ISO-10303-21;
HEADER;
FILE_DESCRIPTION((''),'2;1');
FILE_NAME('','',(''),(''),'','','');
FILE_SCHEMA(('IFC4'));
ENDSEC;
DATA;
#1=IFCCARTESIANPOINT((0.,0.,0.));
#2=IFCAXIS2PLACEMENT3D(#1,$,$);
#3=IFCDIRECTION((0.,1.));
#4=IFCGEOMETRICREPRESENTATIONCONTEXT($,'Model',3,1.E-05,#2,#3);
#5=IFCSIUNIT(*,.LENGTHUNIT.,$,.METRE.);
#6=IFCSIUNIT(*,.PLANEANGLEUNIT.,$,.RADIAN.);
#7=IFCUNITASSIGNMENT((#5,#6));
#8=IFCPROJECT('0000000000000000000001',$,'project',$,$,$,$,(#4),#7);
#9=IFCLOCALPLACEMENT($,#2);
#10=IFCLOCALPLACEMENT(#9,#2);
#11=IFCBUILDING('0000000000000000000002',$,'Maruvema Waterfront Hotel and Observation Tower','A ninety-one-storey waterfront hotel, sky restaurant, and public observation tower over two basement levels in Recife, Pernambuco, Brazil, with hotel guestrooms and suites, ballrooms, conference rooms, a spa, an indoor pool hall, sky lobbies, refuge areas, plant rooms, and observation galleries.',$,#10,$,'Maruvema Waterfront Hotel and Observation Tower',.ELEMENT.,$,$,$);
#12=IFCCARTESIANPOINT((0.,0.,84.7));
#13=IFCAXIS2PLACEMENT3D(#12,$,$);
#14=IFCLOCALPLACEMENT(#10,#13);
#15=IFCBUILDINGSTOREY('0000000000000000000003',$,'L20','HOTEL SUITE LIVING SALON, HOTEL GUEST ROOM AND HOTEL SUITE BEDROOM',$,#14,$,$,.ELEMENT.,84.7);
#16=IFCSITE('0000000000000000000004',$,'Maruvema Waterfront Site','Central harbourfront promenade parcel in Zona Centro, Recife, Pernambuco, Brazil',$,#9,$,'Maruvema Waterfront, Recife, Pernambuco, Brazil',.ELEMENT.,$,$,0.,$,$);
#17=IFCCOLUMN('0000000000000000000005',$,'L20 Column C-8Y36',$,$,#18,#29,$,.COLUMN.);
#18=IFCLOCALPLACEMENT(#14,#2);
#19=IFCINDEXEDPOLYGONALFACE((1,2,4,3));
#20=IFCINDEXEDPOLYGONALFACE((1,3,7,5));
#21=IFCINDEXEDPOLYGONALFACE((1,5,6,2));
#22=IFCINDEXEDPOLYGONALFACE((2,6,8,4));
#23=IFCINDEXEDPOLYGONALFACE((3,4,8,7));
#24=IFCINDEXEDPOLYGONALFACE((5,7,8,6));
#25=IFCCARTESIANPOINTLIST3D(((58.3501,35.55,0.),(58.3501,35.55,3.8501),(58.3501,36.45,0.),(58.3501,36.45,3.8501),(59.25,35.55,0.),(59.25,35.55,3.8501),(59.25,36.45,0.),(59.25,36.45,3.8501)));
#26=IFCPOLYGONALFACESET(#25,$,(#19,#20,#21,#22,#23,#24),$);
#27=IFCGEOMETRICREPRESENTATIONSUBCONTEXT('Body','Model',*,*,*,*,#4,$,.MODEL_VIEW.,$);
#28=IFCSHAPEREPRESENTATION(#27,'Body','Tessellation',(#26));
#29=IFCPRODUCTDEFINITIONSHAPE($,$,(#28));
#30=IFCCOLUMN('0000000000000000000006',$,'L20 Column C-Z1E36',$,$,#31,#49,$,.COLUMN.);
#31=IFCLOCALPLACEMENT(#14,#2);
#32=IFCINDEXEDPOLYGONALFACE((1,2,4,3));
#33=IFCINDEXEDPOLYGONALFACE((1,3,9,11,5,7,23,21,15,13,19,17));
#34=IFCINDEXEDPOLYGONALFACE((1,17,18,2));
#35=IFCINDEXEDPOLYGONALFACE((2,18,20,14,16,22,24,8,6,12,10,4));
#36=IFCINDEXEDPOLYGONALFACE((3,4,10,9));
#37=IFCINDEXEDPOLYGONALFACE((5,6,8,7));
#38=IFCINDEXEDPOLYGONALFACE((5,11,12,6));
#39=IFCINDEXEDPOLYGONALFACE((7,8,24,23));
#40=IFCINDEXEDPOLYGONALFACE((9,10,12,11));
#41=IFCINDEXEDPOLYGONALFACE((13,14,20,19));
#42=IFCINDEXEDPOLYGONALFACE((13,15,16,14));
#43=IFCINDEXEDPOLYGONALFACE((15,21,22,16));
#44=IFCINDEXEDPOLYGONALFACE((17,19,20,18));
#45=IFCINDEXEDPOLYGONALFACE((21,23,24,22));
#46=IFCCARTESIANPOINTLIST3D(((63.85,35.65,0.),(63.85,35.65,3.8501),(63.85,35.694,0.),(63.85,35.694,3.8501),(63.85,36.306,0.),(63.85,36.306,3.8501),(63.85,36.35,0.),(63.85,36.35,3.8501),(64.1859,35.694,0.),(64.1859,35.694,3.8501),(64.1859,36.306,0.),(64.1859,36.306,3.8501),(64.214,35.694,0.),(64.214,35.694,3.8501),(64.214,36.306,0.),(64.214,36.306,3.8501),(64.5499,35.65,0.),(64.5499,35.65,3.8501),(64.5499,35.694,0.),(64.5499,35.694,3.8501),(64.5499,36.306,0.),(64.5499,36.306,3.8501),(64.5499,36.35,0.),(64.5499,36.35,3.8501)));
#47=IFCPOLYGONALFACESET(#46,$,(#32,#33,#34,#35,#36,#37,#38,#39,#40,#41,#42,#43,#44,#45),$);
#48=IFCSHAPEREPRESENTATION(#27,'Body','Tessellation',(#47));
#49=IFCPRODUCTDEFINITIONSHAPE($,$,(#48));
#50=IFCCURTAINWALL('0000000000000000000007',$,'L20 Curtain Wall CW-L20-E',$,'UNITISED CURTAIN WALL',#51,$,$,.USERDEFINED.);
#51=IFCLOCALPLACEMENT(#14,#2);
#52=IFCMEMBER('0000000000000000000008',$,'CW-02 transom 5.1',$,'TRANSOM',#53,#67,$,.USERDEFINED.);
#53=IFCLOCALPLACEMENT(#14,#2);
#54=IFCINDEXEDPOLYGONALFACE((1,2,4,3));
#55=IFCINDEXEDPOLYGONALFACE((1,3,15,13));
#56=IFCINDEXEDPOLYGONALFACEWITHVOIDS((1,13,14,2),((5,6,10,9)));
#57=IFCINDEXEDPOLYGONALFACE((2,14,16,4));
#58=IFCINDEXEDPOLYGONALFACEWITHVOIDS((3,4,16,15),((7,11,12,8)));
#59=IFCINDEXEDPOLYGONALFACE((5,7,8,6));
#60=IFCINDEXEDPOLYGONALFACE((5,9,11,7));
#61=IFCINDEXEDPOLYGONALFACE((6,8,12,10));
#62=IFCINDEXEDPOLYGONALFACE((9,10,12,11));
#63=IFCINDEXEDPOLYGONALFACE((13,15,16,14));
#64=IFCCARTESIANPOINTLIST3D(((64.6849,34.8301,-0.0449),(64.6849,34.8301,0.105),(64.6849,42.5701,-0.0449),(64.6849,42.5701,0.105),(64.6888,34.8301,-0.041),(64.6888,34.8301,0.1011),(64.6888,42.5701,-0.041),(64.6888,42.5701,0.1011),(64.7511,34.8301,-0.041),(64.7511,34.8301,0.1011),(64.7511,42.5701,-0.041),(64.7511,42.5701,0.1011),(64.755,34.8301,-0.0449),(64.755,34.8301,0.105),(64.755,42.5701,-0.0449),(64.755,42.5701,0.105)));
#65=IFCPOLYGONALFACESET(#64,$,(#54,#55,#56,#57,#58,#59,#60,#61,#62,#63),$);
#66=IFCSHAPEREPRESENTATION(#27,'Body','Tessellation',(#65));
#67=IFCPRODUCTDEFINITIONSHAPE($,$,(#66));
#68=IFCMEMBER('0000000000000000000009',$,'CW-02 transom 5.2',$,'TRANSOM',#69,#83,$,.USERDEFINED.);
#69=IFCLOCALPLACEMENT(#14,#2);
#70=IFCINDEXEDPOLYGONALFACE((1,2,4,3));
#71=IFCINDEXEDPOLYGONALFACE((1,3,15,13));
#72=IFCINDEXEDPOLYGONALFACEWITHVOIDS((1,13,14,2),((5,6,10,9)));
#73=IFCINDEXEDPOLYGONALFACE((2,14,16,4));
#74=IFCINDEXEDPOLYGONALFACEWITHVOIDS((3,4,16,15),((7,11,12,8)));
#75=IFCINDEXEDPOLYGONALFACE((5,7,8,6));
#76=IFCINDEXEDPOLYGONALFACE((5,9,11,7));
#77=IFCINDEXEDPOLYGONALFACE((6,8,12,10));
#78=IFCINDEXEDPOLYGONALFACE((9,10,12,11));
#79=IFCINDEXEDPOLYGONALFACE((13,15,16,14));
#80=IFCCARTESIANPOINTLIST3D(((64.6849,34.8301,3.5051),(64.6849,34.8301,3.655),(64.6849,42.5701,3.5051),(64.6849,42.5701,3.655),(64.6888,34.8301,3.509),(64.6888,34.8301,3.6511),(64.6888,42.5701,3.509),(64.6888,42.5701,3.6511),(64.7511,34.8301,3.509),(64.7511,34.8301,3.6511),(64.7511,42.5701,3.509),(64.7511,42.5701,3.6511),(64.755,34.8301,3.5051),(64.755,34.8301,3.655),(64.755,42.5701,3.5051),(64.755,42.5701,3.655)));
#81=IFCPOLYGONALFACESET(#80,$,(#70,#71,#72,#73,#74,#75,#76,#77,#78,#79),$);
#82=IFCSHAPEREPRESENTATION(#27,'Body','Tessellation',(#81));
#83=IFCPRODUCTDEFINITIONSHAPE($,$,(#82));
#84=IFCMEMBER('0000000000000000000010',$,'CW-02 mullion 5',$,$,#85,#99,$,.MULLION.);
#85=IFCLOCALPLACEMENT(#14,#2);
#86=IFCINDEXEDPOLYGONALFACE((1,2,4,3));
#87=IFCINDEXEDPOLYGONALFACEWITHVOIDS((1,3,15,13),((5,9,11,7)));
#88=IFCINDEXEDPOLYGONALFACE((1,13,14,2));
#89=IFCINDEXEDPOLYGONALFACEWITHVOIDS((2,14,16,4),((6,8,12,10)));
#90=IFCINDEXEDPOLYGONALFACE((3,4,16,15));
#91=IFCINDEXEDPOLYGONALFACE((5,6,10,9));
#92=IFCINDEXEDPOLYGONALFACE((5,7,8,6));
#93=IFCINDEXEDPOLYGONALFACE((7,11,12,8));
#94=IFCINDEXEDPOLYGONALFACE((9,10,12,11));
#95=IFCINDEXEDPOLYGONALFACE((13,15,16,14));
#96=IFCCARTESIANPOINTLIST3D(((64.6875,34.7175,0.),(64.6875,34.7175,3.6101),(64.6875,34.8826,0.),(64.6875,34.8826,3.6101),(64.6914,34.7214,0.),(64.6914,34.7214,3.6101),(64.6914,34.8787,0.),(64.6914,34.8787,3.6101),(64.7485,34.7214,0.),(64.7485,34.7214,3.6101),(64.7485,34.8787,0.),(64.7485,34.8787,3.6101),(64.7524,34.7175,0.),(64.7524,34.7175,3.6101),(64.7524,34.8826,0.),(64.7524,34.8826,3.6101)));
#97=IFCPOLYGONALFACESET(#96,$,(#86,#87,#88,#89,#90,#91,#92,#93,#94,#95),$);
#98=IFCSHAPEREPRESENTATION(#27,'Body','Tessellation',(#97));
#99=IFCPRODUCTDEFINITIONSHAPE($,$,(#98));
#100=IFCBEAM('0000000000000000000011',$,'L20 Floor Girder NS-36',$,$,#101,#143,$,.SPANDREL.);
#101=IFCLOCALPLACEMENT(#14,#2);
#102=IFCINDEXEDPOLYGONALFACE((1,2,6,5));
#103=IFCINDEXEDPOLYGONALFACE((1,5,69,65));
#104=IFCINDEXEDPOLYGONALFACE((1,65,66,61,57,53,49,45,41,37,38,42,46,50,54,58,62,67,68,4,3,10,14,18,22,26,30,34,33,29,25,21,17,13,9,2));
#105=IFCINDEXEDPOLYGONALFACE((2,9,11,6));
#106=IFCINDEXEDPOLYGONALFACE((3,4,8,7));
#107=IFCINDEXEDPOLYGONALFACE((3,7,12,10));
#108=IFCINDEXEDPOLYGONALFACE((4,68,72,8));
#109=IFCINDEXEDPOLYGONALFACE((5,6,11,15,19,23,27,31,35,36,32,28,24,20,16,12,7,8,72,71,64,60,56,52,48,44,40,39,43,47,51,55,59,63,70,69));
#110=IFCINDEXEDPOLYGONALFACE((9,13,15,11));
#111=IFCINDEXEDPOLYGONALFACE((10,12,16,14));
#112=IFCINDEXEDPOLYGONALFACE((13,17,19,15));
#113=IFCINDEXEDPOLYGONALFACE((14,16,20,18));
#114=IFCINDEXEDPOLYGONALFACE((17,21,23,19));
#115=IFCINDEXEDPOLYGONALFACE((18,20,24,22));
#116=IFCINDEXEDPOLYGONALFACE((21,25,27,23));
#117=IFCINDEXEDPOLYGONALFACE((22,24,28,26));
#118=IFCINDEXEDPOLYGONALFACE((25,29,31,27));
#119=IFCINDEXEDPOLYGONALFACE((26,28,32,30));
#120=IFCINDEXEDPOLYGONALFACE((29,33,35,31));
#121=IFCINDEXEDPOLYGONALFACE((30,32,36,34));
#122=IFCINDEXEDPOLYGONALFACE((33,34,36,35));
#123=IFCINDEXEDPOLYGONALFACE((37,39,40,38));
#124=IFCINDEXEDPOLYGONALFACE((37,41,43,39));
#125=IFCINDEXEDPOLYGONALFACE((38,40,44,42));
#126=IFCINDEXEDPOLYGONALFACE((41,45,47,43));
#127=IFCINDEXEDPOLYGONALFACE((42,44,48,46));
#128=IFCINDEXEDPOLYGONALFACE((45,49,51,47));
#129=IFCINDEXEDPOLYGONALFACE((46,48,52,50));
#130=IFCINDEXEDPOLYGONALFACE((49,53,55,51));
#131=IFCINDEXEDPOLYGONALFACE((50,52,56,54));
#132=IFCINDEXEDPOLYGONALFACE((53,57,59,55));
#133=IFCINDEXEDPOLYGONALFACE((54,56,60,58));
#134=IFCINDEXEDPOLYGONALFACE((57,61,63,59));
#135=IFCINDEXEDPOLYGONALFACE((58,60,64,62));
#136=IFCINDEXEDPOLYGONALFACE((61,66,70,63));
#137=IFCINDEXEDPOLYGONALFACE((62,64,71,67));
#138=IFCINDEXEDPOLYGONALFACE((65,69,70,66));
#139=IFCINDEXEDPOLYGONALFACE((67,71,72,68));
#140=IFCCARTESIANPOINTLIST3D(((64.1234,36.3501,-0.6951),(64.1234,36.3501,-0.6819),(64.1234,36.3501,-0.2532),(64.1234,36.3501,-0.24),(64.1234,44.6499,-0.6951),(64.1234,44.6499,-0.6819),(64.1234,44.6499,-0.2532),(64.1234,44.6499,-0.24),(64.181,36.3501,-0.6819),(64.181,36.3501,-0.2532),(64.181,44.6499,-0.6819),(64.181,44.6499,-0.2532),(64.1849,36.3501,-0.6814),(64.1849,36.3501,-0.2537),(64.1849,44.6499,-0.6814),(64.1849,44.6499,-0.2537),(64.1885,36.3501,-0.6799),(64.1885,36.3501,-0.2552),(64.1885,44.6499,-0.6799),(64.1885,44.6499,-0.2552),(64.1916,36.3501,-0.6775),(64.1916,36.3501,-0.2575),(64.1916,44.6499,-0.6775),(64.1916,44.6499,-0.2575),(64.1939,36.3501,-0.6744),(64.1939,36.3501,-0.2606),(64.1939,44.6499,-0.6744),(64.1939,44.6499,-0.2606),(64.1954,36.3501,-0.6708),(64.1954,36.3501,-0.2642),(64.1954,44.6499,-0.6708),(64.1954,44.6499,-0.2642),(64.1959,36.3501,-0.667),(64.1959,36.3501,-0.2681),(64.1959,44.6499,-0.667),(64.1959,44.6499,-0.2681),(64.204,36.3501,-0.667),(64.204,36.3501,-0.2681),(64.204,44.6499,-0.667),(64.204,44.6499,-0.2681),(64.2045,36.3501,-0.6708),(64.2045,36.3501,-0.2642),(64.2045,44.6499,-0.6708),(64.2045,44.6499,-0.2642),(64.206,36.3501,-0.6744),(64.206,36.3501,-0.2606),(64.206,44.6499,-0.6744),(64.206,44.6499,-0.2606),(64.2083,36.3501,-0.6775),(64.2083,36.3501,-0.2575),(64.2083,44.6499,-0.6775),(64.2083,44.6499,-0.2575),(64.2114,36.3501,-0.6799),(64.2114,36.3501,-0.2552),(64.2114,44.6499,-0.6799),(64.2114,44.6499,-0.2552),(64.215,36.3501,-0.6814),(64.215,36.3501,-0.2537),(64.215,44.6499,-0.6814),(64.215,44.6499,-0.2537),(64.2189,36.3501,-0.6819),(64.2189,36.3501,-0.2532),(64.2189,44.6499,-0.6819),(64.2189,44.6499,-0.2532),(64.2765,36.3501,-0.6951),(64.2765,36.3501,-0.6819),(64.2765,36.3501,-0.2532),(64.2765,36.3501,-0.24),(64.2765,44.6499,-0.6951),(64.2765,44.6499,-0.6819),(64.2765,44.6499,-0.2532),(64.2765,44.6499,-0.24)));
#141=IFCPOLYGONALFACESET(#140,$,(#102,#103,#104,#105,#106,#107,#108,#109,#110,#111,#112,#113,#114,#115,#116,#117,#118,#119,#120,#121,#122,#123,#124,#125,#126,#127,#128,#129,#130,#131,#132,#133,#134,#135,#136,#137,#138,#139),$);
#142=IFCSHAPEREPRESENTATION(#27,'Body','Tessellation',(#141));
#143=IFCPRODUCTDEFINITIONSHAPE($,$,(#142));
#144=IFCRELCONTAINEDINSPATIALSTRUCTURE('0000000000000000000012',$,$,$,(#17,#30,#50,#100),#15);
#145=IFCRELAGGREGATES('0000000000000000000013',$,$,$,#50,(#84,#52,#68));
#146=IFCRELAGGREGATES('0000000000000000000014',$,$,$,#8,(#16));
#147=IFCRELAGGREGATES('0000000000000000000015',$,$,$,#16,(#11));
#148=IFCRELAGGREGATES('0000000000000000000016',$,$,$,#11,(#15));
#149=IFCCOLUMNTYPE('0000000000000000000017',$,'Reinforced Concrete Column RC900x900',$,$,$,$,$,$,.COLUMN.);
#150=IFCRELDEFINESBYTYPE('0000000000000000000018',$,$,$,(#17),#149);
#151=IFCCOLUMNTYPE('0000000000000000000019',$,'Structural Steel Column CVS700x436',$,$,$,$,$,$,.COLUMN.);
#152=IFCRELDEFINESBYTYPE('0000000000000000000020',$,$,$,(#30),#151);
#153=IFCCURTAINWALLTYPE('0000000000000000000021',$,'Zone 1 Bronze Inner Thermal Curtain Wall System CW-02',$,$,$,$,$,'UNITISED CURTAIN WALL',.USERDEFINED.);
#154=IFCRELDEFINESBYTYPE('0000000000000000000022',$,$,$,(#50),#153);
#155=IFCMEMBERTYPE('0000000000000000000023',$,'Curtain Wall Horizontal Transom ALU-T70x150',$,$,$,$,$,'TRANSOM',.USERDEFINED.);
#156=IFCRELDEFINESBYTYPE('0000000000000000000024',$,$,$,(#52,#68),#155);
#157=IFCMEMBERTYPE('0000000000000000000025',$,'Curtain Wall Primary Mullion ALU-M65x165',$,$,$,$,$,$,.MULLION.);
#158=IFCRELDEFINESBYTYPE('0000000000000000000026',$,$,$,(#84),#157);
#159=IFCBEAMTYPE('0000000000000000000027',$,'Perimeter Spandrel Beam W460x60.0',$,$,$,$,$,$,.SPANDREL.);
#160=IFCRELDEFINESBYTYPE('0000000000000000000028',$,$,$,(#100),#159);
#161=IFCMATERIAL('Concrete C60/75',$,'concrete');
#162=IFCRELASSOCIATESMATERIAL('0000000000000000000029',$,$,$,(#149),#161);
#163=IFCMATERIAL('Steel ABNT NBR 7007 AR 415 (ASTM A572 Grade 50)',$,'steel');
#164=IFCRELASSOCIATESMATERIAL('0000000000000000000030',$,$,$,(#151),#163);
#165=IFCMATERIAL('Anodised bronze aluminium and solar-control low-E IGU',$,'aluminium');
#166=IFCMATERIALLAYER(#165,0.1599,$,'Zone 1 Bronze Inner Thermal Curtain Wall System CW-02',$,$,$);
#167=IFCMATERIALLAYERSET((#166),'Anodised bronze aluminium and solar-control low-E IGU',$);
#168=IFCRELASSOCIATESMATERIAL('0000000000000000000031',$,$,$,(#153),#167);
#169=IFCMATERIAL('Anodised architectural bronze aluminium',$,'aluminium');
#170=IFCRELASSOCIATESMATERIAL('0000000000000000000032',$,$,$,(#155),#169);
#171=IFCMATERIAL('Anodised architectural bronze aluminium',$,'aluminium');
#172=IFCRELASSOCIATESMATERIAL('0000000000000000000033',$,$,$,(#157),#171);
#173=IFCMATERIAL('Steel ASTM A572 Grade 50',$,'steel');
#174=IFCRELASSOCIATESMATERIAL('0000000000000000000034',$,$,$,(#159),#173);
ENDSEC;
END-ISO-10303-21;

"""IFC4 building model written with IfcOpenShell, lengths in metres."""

from ifc_helpers import new_model, si_unit, direction, frame, origin, origin_2d, place, context, subcontext, project, spatial, rectangle, hollow_rectangle, i_section, extrude, material, layer, layer_set, material_profile, profile_set, type_object, element, aggregate, save


model = new_model("IFC4")

# Units and contexts
model_context = context("Model", 3, precision=1e-05, world=origin(), true_north=direction((0.0, 1.0)))
body_context = subcontext(model_context, "Body", "Model", "MODEL_VIEW")
ifc_project = project(units=[si_unit("LENGTHUNIT", "METRE"), si_unit("PLANEANGLEUNIT", "RADIAN")], contexts=[model_context])

# Site, building, storey
site_placement = place(None, origin())
site = spatial("IfcSite", under=ifc_project, at=site_placement, Name="Maruvema Waterfront Site", Description="Central harbourfront promenade parcel in Zona Centro, Recife, Pernambuco, Brazil", LongName="Maruvema Waterfront, Recife, Pernambuco, Brazil", CompositionType="ELEMENT", RefElevation=0.0)
building_placement = place(site_placement, origin())
building = spatial("IfcBuilding", under=site, at=building_placement, Name="Maruvema Waterfront Hotel and Observation Tower", Description="A ninety-one-storey waterfront hotel, sky restaurant, and public observation tower over two basement levels in Recife, Pernambuco, Brazil, with hotel guestrooms and suites, ballrooms, conference rooms, a spa, an indoor pool hall, sky lobbies, refuge areas, plant rooms, and observation galleries.", LongName="Maruvema Waterfront Hotel and Observation Tower", CompositionType="ELEMENT")
storey_placement = place(building_placement, frame((0.0, 0.0, 84.7)))
storey = spatial("IfcBuildingStorey", under=building, at=storey_placement, Name="L20", Description="HOTEL SUITE LIVING SALON, HOTEL GUEST ROOM AND HOTEL SUITE BEDROOM", CompositionType="ELEMENT", Elevation=84.7)

# Columns
ifc_material_1 = material(Name="Concrete C60/75", Category="concrete")
ifc_material_profile_1 = material_profile(ifc_material_1, rectangle(XDim=0.8999, YDim=0.8999, at=origin_2d()), Name="RC900x900")
ifc_profile_set_1 = profile_set([ifc_material_profile_1], Name="Concrete C60/75")
column_type_1 = type_object("IfcColumnType", Name="Reinforced Concrete Column RC900x900", PredefinedType="COLUMN", material=ifc_profile_set_1)
column_1_placement = place(storey_placement, frame((58.8, 36.0, 0.0), z_axis=(0.0, 0.0, 1.0), x_axis=(1.0, 0.0, 0.0)))
element("IfcColumn", 1, at=column_1_placement, inside=storey, type_object=column_type_1, Name="L20 Column C-8Y36", PredefinedType="COLUMN", context=body_context, shape_type="SweptSolid", body=[
    extrude(rectangle(XDim=0.8999, YDim=0.8999, at=origin_2d()), origin(), (0.0, 0.0, 1.0), 3.8501),
])
ifc_material_2 = material(Name="Steel ABNT NBR 7007 AR 415 (ASTM A572 Grade 50)", Category="steel")
ifc_material_profile_2 = material_profile(ifc_material_2, i_section(OverallWidth=0.7, OverallDepth=0.7, WebThickness=0.0281, FlangeThickness=0.0439, at=origin_2d()), Name="CVS700x436")
ifc_profile_set_2 = profile_set([ifc_material_profile_2], Name="Steel ABNT NBR 7007 AR 415 (ASTM A572 Grade 50)")
column_type_2 = type_object("IfcColumnType", Name="Structural Steel Column CVS700x436", PredefinedType="COLUMN", material=ifc_profile_set_2)
column_2_placement = place(storey_placement, frame((64.2, 36.0, 0.0), z_axis=(0.0, 0.0, 1.0), x_axis=(1.0, 0.0, 0.0)))
element("IfcColumn", 2, at=column_2_placement, inside=storey, type_object=column_type_2, Name="L20 Column C-Z1E36", PredefinedType="COLUMN", context=body_context, shape_type="SweptSolid", body=[
    extrude(i_section(OverallWidth=0.7, OverallDepth=0.7, WebThickness=0.0281, FlangeThickness=0.0439, at=origin_2d()), origin(), (0.0, 0.0, 1.0), 3.8501),
])

# Curtain wall, members
ifc_material_3 = material(Name="Anodised bronze aluminium and solar-control low-E IGU", Category="aluminium")
ifc_layer_1 = layer(ifc_material_3, 0.1599, Name="Zone 1 Bronze Inner Thermal Curtain Wall System CW-02")
ifc_layer_set_1 = layer_set([ifc_layer_1], Name="Anodised bronze aluminium and solar-control low-E IGU")
curtain_wall_type = type_object("IfcCurtainWallType", Name="Zone 1 Bronze Inner Thermal Curtain Wall System CW-02", ElementType="UNITISED CURTAIN WALL", PredefinedType="USERDEFINED", material=ifc_layer_set_1)
curtain_wall_placement = place(storey_placement, origin())
curtain_wall = element("IfcCurtainWall", 3, at=curtain_wall_placement, inside=storey, type_object=curtain_wall_type, Name="L20 Curtain Wall CW-L20-E", ObjectType="UNITISED CURTAIN WALL", PredefinedType="USERDEFINED")
ifc_material_4 = material(Name="Anodised architectural bronze aluminium", Category="aluminium")
ifc_material_profile_3 = material_profile(ifc_material_4, hollow_rectangle(XDim=0.0701, YDim=0.1499, WallThickness=0.0039, at=origin_2d()), Name="ALU-T70x150")
ifc_profile_set_3 = profile_set([ifc_material_profile_3], Name="Anodised architectural bronze aluminium")
member_type_1 = type_object("IfcMemberType", Name="Curtain Wall Horizontal Transom ALU-T70x150", ElementType="TRANSOM", PredefinedType="USERDEFINED", material=ifc_profile_set_3)
member_1_placement = place(storey_placement, frame((64.72, 34.8301, 0.03), z_axis=(0.0, 1.0, 0.0), x_axis=(-1.0, 0.0, 0.0)))
member_1 = element("IfcMember", 4, at=member_1_placement, type_object=member_type_1, Name="CW-02 transom 5.1", ObjectType="TRANSOM", PredefinedType="USERDEFINED", context=body_context, shape_type="SweptSolid", body=[
    extrude(hollow_rectangle(XDim=0.0701, YDim=0.1499, WallThickness=0.0039, at=origin_2d()), origin(), (0.0, 0.0, 1.0), 7.74),
])
member_2_placement = place(storey_placement, frame((64.72, 34.8301, 3.5801), z_axis=(0.0, 1.0, 0.0), x_axis=(-1.0, 0.0, 0.0)))
member_2 = element("IfcMember", 5, at=member_2_placement, type_object=member_type_1, Name="CW-02 transom 5.2", ObjectType="TRANSOM", PredefinedType="USERDEFINED", context=body_context, shape_type="SweptSolid", body=[
    extrude(hollow_rectangle(XDim=0.0701, YDim=0.1499, WallThickness=0.0039, at=origin_2d()), origin(), (0.0, 0.0, 1.0), 7.74),
])
ifc_material_5 = material(Name="Anodised architectural bronze aluminium", Category="aluminium")
ifc_material_profile_4 = material_profile(ifc_material_5, hollow_rectangle(XDim=0.0649, YDim=0.165, WallThickness=0.0039, at=origin_2d()), Name="ALU-M65x165")
ifc_profile_set_4 = profile_set([ifc_material_profile_4], Name="Anodised architectural bronze aluminium")
member_type_2 = type_object("IfcMemberType", Name="Curtain Wall Primary Mullion ALU-M65x165", PredefinedType="MULLION", material=ifc_profile_set_4)
member_3_placement = place(storey_placement, frame((64.72, 34.8, 0.0), z_axis=(0.0, 0.0, 1.0), x_axis=(-1.0, 0.0, 0.0)))
member_3 = element("IfcMember", 6, at=member_3_placement, type_object=member_type_2, Name="CW-02 mullion 5", PredefinedType="MULLION", context=body_context, shape_type="SweptSolid", body=[
    extrude(hollow_rectangle(XDim=0.0649, YDim=0.165, WallThickness=0.0039, at=origin_2d()), origin(), (0.0, 0.0, 1.0), 3.6101),
])

# Beam
ifc_material_6 = material(Name="Steel ASTM A572 Grade 50", Category="steel")
ifc_material_profile_5 = material_profile(ifc_material_6, i_section(OverallWidth=0.1531, OverallDepth=0.4551, WebThickness=0.0081, FlangeThickness=0.0132, FilletRadius=0.0149, at=origin_2d()), Name="W460x60.0")
ifc_profile_set_5 = profile_set([ifc_material_profile_5], Name="Steel ASTM A572 Grade 50")
beam_type_1 = type_object("IfcBeamType", Name="Perimeter Spandrel Beam W460x60.0", PredefinedType="SPANDREL", material=ifc_profile_set_5)
beam_1_placement = place(storey_placement, frame((64.2, 36.3501, -0.4675), z_axis=(0.0, 1.0, 0.0), x_axis=(-1.0, 0.0, 0.0)))
element("IfcBeam", 7, at=beam_1_placement, inside=storey, type_object=beam_type_1, Name="L20 Floor Girder NS-36", PredefinedType="SPANDREL", context=body_context, shape_type="SweptSolid", body=[
    extrude(i_section(OverallWidth=0.1531, OverallDepth=0.4551, WebThickness=0.0081, FlangeThickness=0.0132, FilletRadius=0.0149, at=origin_2d()), origin(), (0.0, 0.0, 1.0), 8.2998),
])

aggregate(curtain_wall, [member_3, member_1, member_2])

save(model, "model.ifc")
